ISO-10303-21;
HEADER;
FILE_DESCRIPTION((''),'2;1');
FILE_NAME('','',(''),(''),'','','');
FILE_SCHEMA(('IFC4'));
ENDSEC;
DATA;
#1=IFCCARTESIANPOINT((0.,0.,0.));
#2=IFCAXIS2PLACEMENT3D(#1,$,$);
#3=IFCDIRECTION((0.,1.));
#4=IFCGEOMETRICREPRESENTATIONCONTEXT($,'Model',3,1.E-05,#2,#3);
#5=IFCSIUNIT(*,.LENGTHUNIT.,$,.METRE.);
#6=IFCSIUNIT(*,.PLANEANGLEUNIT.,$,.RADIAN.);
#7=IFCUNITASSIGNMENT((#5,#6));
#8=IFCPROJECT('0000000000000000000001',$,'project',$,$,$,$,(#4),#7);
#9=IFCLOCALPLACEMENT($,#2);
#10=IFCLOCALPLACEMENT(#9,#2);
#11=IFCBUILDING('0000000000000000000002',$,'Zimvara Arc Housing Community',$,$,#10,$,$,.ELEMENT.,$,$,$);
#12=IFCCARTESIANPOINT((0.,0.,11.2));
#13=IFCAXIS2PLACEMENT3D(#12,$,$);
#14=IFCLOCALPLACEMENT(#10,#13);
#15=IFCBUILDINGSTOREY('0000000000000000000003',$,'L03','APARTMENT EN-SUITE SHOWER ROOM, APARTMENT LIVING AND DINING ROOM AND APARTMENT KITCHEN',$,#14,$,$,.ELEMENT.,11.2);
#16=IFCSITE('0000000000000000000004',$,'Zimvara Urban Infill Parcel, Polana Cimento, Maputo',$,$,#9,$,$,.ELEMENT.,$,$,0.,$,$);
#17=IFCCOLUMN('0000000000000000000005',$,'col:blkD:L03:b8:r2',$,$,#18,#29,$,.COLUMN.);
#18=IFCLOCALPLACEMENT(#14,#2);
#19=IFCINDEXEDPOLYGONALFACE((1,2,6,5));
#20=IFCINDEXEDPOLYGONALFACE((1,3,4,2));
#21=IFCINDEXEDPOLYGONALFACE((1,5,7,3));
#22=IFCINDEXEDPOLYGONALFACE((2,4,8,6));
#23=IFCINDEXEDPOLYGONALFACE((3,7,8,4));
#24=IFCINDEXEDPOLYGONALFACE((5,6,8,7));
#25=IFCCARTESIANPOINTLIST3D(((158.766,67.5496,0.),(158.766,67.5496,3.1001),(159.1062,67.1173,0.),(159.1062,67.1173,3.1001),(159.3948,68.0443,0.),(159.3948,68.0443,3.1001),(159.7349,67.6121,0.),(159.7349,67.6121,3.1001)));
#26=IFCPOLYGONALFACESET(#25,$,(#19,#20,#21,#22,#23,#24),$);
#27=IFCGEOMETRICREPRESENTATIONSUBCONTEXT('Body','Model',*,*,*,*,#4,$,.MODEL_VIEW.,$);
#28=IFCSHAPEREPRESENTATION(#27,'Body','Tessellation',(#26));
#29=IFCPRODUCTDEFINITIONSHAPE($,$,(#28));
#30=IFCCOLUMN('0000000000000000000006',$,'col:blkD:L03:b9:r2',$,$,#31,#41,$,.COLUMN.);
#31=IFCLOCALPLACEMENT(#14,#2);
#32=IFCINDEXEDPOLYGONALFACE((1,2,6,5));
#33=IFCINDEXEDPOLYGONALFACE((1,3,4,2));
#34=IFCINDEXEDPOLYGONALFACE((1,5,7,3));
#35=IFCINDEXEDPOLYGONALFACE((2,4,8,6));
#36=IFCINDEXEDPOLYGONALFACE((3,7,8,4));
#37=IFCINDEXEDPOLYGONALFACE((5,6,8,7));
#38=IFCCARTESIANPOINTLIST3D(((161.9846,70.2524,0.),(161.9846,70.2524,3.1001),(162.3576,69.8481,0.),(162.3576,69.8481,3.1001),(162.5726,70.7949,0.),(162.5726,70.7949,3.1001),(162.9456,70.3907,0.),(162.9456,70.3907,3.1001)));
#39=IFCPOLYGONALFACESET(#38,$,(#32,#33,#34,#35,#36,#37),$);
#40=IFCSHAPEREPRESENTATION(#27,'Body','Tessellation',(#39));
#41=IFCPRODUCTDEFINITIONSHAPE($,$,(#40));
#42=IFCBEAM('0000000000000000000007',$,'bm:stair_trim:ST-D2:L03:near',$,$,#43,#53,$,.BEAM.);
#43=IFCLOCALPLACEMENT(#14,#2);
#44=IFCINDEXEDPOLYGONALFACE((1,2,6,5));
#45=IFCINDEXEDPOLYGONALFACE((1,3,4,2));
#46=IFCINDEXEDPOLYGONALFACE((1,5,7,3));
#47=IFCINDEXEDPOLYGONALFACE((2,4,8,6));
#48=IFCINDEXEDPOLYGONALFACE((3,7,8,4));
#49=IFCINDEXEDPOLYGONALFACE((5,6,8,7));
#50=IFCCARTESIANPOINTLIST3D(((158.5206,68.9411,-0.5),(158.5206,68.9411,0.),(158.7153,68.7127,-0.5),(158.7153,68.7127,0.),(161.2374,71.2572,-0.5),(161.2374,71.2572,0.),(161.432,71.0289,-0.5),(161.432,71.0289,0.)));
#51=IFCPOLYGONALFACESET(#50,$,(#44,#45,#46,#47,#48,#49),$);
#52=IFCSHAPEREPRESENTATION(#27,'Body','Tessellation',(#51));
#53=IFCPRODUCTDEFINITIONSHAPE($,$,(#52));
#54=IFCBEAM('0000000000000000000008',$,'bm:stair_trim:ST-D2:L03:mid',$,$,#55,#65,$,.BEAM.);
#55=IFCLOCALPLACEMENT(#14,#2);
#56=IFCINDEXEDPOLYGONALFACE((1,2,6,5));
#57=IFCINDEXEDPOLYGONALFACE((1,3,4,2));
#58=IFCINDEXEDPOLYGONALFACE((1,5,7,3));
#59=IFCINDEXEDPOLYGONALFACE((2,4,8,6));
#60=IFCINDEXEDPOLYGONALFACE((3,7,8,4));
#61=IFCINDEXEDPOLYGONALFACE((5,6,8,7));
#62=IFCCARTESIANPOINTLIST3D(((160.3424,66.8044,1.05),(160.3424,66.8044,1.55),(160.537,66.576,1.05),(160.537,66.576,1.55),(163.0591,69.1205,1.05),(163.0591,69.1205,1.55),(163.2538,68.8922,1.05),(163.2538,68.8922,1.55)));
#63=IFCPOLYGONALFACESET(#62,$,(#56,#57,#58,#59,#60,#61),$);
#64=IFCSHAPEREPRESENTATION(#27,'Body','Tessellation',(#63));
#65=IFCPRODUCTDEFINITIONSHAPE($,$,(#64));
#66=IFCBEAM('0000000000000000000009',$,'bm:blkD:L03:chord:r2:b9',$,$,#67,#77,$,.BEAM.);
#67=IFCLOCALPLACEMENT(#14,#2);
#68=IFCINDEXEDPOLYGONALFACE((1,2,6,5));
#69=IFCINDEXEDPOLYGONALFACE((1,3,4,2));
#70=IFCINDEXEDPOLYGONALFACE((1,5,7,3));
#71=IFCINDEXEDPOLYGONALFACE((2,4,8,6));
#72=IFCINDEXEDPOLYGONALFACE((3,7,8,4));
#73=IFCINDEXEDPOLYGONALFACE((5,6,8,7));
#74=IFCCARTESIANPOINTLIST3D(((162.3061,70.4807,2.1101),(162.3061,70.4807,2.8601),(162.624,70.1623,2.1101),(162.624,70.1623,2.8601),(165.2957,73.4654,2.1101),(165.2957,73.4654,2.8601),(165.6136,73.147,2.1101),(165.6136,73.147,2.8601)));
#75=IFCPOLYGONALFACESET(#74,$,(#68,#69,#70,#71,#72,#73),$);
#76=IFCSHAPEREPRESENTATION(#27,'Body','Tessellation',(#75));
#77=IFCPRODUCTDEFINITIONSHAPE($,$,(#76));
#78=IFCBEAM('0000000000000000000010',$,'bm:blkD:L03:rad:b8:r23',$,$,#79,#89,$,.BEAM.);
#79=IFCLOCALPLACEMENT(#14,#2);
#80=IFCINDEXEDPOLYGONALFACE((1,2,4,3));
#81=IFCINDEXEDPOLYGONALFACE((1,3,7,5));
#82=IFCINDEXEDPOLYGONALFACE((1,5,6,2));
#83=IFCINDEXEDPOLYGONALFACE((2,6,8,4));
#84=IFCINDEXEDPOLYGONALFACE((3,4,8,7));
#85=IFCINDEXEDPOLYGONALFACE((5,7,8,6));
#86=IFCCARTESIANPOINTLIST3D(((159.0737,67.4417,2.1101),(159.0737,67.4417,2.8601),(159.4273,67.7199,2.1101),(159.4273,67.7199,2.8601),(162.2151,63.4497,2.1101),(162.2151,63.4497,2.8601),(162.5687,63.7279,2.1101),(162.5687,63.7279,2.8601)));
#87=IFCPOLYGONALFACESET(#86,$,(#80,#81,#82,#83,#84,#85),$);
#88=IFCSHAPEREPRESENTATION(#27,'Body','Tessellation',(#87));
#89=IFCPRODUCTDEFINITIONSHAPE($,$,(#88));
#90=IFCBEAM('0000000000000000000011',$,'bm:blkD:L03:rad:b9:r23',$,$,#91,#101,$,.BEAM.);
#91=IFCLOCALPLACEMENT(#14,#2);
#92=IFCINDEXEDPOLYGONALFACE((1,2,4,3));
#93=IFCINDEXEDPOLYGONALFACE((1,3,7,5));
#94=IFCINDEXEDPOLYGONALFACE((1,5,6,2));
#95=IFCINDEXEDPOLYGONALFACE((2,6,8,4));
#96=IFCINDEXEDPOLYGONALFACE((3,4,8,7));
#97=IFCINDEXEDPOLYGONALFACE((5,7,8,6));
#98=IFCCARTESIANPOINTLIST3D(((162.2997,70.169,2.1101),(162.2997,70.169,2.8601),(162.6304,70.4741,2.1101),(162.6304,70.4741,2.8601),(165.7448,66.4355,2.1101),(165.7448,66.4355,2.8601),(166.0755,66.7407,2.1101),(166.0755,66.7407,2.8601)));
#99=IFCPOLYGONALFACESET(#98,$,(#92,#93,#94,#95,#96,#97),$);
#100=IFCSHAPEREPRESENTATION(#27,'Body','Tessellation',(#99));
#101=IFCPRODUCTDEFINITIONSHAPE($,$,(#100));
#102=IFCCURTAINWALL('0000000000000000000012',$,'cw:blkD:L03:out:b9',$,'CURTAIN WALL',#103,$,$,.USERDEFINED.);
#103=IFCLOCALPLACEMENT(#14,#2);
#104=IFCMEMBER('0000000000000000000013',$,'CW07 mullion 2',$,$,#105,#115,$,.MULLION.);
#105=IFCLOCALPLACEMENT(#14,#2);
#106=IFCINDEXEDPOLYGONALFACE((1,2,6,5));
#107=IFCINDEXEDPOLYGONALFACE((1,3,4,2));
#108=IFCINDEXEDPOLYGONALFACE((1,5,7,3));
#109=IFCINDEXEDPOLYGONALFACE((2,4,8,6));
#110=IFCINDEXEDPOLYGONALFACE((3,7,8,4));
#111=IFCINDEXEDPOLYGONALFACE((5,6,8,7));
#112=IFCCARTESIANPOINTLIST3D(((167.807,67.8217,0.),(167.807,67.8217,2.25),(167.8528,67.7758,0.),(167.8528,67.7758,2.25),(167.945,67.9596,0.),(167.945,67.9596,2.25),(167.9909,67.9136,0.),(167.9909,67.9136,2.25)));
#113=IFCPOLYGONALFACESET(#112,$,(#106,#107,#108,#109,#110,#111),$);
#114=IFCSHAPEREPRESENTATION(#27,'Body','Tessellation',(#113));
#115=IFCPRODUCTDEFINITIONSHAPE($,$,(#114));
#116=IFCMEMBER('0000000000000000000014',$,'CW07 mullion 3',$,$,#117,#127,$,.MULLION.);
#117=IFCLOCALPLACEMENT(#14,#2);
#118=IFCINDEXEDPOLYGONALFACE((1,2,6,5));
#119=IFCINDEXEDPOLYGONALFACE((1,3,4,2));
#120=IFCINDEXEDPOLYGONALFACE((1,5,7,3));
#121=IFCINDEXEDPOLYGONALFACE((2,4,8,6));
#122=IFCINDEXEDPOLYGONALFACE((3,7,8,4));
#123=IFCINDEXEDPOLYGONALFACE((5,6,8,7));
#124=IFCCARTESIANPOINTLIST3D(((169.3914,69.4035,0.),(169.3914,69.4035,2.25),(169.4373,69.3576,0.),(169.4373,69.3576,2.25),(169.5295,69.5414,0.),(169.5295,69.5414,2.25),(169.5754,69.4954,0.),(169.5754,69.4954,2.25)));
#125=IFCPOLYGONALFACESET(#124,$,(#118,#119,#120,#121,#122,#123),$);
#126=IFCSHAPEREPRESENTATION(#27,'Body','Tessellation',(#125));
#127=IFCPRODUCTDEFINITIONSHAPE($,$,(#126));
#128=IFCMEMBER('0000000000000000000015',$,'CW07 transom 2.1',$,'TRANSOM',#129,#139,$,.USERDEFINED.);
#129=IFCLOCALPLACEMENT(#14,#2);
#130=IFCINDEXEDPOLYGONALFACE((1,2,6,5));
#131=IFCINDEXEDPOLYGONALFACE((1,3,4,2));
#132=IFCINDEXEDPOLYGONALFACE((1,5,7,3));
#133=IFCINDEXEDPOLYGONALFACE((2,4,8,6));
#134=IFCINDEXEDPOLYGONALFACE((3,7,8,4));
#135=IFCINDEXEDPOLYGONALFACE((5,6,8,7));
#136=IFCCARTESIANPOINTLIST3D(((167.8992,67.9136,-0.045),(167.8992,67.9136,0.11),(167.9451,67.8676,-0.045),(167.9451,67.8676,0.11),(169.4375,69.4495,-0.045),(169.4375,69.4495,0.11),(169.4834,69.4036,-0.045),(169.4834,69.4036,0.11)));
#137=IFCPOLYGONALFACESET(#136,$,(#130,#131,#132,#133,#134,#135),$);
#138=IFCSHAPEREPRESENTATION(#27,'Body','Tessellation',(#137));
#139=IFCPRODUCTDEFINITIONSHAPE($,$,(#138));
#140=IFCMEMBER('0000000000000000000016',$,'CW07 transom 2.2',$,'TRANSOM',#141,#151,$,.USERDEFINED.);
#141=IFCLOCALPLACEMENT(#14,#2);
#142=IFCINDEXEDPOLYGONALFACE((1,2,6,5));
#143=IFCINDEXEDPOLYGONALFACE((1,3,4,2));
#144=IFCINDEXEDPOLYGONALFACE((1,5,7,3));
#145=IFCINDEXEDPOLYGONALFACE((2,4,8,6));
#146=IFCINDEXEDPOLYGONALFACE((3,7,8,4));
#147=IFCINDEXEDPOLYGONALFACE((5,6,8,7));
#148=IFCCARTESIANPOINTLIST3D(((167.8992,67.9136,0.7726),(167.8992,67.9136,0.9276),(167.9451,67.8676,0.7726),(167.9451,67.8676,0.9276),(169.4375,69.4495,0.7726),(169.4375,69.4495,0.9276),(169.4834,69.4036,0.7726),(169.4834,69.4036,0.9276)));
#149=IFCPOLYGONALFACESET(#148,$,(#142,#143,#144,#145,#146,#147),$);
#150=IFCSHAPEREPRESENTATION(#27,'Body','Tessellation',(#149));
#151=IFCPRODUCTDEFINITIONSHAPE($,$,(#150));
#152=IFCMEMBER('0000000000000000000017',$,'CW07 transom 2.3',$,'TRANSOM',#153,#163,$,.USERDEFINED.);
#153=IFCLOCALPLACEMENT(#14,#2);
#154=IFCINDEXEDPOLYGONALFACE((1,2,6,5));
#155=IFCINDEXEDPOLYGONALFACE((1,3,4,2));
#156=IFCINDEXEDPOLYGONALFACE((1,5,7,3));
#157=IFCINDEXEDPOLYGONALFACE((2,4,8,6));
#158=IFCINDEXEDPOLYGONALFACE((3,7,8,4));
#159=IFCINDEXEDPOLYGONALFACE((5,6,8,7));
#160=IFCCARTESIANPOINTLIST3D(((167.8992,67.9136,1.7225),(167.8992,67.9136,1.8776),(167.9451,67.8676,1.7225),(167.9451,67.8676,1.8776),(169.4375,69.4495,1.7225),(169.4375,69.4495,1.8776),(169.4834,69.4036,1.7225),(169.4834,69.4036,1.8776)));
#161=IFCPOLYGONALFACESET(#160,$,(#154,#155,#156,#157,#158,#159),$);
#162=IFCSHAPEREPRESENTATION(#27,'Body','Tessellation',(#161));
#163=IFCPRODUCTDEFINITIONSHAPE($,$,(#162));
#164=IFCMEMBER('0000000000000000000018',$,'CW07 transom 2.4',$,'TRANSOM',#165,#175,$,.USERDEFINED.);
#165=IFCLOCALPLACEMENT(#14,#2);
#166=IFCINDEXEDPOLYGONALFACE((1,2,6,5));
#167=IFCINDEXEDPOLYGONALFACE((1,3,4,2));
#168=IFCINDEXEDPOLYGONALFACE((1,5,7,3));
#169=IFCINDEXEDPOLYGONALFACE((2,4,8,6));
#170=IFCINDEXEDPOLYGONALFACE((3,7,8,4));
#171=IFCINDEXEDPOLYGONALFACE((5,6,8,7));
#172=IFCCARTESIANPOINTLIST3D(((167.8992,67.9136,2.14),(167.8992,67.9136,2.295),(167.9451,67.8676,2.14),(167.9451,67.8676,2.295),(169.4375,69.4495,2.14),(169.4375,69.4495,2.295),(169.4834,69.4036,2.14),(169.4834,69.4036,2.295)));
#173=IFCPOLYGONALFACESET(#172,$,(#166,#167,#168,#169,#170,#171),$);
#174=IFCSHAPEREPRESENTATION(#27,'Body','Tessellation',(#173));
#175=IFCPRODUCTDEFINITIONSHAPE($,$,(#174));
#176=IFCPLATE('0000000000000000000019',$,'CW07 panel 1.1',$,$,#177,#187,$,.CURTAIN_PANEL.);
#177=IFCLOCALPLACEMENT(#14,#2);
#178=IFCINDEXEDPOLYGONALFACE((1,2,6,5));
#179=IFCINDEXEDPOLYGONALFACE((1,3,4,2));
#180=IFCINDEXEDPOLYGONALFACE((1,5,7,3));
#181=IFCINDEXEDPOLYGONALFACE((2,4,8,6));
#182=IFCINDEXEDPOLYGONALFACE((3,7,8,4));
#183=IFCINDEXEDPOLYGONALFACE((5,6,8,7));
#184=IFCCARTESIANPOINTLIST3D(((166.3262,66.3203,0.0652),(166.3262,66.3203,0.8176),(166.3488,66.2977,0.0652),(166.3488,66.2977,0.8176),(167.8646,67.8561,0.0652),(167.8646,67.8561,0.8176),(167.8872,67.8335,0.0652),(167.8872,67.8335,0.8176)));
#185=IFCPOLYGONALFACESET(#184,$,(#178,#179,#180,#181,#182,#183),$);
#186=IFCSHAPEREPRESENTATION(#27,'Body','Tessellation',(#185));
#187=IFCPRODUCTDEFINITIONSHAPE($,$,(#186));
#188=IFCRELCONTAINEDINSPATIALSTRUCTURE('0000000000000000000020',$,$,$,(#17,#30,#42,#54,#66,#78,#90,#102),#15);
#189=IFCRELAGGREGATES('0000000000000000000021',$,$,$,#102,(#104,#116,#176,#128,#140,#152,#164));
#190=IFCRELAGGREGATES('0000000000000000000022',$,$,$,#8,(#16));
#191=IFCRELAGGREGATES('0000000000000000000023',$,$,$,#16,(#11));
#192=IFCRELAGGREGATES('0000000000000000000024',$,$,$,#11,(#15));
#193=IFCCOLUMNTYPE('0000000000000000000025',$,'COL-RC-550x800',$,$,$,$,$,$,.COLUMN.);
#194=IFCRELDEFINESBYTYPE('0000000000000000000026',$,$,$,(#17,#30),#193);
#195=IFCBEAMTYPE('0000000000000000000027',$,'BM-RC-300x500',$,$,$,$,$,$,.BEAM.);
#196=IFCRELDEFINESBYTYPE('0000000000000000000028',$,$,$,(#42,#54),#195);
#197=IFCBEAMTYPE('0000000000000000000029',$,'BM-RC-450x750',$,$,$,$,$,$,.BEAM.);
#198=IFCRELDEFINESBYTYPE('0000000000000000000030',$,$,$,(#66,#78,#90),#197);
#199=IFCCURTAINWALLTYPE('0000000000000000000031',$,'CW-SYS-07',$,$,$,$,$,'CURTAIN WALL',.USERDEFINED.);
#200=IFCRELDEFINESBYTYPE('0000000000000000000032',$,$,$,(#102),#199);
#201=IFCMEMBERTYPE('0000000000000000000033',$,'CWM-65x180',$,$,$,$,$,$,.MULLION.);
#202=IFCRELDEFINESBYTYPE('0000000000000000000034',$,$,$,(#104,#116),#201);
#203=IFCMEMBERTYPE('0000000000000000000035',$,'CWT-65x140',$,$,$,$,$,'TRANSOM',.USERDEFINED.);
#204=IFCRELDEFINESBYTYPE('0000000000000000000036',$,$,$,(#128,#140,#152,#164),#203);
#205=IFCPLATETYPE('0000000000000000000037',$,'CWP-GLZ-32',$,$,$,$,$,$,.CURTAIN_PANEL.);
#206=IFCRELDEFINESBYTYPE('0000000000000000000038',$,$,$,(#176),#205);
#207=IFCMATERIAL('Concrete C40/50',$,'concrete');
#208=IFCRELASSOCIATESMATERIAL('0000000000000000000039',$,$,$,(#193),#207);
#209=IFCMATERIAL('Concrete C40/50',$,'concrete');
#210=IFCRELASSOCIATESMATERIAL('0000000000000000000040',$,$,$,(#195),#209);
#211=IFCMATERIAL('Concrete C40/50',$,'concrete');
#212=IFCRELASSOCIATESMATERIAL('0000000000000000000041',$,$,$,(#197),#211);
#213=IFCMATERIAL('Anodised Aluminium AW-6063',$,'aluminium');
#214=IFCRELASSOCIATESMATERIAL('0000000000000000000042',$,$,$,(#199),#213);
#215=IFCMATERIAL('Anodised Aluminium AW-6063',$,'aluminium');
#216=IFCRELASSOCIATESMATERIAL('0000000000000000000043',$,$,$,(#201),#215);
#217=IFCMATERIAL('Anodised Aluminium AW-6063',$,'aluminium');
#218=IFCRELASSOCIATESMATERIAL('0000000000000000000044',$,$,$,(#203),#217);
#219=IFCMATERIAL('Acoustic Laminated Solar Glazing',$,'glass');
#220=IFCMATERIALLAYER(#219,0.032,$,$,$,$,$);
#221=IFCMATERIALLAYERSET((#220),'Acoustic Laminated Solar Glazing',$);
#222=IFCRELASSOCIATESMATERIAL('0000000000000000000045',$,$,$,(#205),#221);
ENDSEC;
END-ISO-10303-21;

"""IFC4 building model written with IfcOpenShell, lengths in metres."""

from ifc_helpers import new_model, si_unit, direction, frame, origin, origin_2d, place, context, subcontext, project, spatial, rectangle, extrude, material, layer, layer_set, material_profile, profile_set, type_object, element, aggregate, save


model = new_model("IFC4")

# Units and contexts
model_context = context("Model", 3, precision=1e-05, world=origin(), true_north=direction((0.0, 1.0)))
body_context = subcontext(model_context, "Body", "Model", "MODEL_VIEW")
ifc_project = project(units=[si_unit("LENGTHUNIT", "METRE"), si_unit("PLANEANGLEUNIT", "RADIAN")], contexts=[model_context])

# Site, building, storey
site_placement = place(None, origin())
site = spatial("IfcSite", under=ifc_project, at=site_placement, Name="Zimvara Urban Infill Parcel, Polana Cimento, Maputo", CompositionType="ELEMENT", RefElevation=0.0)
building_placement = place(site_placement, origin())
building = spatial("IfcBuilding", under=site, at=building_placement, Name="Zimvara Arc Housing Community", CompositionType="ELEMENT")
storey_placement = place(building_placement, frame((0.0, 0.0, 11.2)))
storey = spatial("IfcBuildingStorey", under=building, at=storey_placement, Name="L03", Description="APARTMENT EN-SUITE SHOWER ROOM, APARTMENT LIVING AND DINING ROOM AND APARTMENT KITCHEN", CompositionType="ELEMENT", Elevation=11.2)

# Columns
ifc_material_1 = material(Name="Concrete C40/50", Category="concrete")
ifc_material_profile_1 = material_profile(ifc_material_1, rectangle(XDim=0.55, YDim=0.8, at=origin_2d()), Name="RC 550x800")
ifc_profile_set_1 = profile_set([ifc_material_profile_1], Name="Concrete C40/50")
column_type_1 = type_object("IfcColumnType", Name="COL-RC-550x800", PredefinedType="COLUMN", material=ifc_profile_set_1)
for number, where, z_axis, x_axis, name in (
    (1, (159.2505, 67.5808, 0.0), (0.0, 0.0, 1.0), (0.618408, -0.785857, 0.0), "col:blkD:L03:b8:r2"),
    (2, (162.4651, 70.3215, 0.0), (0.0, 0.0, 1.0), (0.67816, -0.734915, 0.0), "col:blkD:L03:b9:r2"),
):
    element("IfcColumn", number, at=place(storey_placement, frame(where, z_axis=z_axis, x_axis=x_axis)), inside=storey, type_object=column_type_1, Name=name, PredefinedType="COLUMN", context=body_context, shape_type="SweptSolid", body=[
        extrude(rectangle(XDim=0.55, YDim=0.8, at=origin_2d()), origin(), (0.0, 0.0, 1.0), 3.1001),
    ])

# Beams
ifc_material_2 = material(Name="Concrete C40/50", Category="concrete")
ifc_material_profile_2 = material_profile(ifc_material_2, rectangle(XDim=0.3, YDim=0.5, at=origin_2d()), Name="RC 300x500")
ifc_profile_set_2 = profile_set([ifc_material_profile_2], Name="Concrete C40/50")
beam_type_1 = type_object("IfcBeamType", Name="BM-RC-300x500", PredefinedType="BEAM", material=ifc_profile_set_2)
for number, where, z_axis, x_axis, name in (
    (3, (158.6179, 68.8269, -0.25), (0.760987, 0.648767, 0.0), (-0.648767, 0.760987, 0.0), "bm:stair_trim:ST-D2:L03:near"),
    (4, (160.4397, 66.6902, 1.3), (0.760987, 0.648767, 0.0), (-0.648767, 0.760987, 0.0), "bm:stair_trim:ST-D2:L03:mid"),
):
    element("IfcBeam", number, at=place(storey_placement, frame(where, z_axis=z_axis, x_axis=x_axis)), inside=storey, type_object=beam_type_1, Name=name, PredefinedType="BEAM", context=body_context, shape_type="SweptSolid", body=[
        extrude(rectangle(XDim=0.3, YDim=0.5, at=origin_2d()), origin(), (0.0, 0.0, 1.0), 3.5701),
    ])
ifc_material_3 = material(Name="Concrete C40/50", Category="concrete")
ifc_material_profile_3 = material_profile(ifc_material_3, rectangle(XDim=0.45, YDim=0.75, at=origin_2d()), Name="RC 450x750")
ifc_profile_set_3 = profile_set([ifc_material_profile_3], Name="Concrete C40/50")
beam_type_2 = type_object("IfcBeamType", Name="BM-RC-450x750", PredefinedType="BEAM", material=ifc_profile_set_3)
beam_1_placement = place(storey_placement, frame((162.4651, 70.3215, 2.4851), z_axis=(0.707684, 0.706529, 0.0), x_axis=(-0.706529, 0.707684, 0.0)))
element("IfcBeam", 5, at=beam_1_placement, inside=storey, type_object=beam_type_2, Name="bm:blkD:L03:chord:r2:b9", PredefinedType="BEAM", context=body_context, shape_type="SweptSolid", body=[
    extrude(rectangle(XDim=0.45, YDim=0.75, at=origin_2d()), origin(), (0.0, 0.0, 1.0), 4.2244),
])
beam_2_placement = place(storey_placement, frame((159.2505, 67.5808, 2.4851), z_axis=(0.618409, -0.785856, 0.0), x_axis=(0.785856, 0.618409, 0.0)))
element("IfcBeam", 6, at=beam_2_placement, inside=storey, type_object=beam_type_2, Name="bm:blkD:L03:rad:b8:r23", PredefinedType="BEAM", context=body_context, shape_type="SweptSolid", body=[
    extrude(rectangle(XDim=0.45, YDim=0.75, at=origin_2d()), origin(), (0.0, 0.0, 1.0), 5.0798),
])
beam_3_placement = place(storey_placement, frame((162.4651, 70.3215, 2.4851), z_axis=(0.678158, -0.734916, 0.0), x_axis=(0.734916, 0.678158, 0.0)))
element("IfcBeam", 7, at=beam_3_placement, inside=storey, type_object=beam_type_2, Name="bm:blkD:L03:rad:b9:r23", PredefinedType="BEAM", context=body_context, shape_type="SweptSolid", body=[
    extrude(rectangle(XDim=0.45, YDim=0.75, at=origin_2d()), origin(), (0.0, 0.0, 1.0), 5.0801),
])

# Curtain wall, members, plate
ifc_material_4 = material(Name="Anodised Aluminium AW-6063", Category="aluminium")
curtain_wall_type = type_object("IfcCurtainWallType", Name="CW-SYS-07", ElementType="CURTAIN WALL", PredefinedType="USERDEFINED", material=ifc_material_4)
curtain_wall_placement = place(storey_placement, origin())
curtain_wall = element("IfcCurtainWall", 8, at=curtain_wall_placement, inside=storey, type_object=curtain_wall_type, Name="cw:blkD:L03:out:b9", ObjectType="CURTAIN WALL", PredefinedType="USERDEFINED")
ifc_material_5 = material(Name="Anodised Aluminium AW-6063", Category="aluminium")
ifc_material_profile_4 = material_profile(ifc_material_5, rectangle(XDim=0.0649, YDim=0.1951, at=origin_2d()), Name="ALU 65x195")
ifc_profile_set_4 = profile_set([ifc_material_profile_4], Name="Anodised Aluminium AW-6063")
member_type_1 = type_object("IfcMemberType", Name="CWM-65x180", PredefinedType="MULLION", material=ifc_profile_set_4)
member_1_placement = place(storey_placement, frame((167.8989, 67.8677, 0.0), z_axis=(0.0, 0.0, 1.0), x_axis=(-0.706489, 0.707724, 0.0)))
member_1 = element("IfcMember", 9, at=member_1_placement, type_object=member_type_1, Name="CW07 mullion 2", PredefinedType="MULLION", context=body_context, shape_type="SweptSolid", body=[
    extrude(rectangle(XDim=0.0649, YDim=0.1951, at=origin_2d()), origin(), (0.0, 0.0, 1.0), 2.25),
])
member_2_placement = place(storey_placement, frame((169.4834, 69.4495, 0.0), z_axis=(0.0, 0.0, 1.0), x_axis=(-0.706489, 0.707724, 0.0)))
member_2 = element("IfcMember", 10, at=member_2_placement, type_object=member_type_1, Name="CW07 mullion 3", PredefinedType="MULLION", context=body_context, shape_type="SweptSolid", body=[
    extrude(rectangle(XDim=0.0649, YDim=0.1951, at=origin_2d()), origin(), (0.0, 0.0, 1.0), 2.25),
])
ifc_material_6 = material(Name="Anodised Aluminium AW-6063", Category="aluminium")
ifc_material_profile_5 = material_profile(ifc_material_6, rectangle(XDim=0.0649, YDim=0.155, at=origin_2d()), Name="ALU 65x155")
ifc_profile_set_5 = profile_set([ifc_material_profile_5], Name="Anodised Aluminium AW-6063")
member_type_2 = type_object("IfcMemberType", Name="CWT-65x140", ElementType="TRANSOM", PredefinedType="USERDEFINED", material=ifc_profile_set_5)
member_3_placement = place(storey_placement, frame((167.9221, 67.8906, 0.0325), z_axis=(0.707668, 0.706545, 0.0), x_axis=(-0.706545, 0.707668, 0.0)))
member_3 = element("IfcMember", 11, at=member_3_placement, type_object=member_type_2, Name="CW07 transom 2.1", ObjectType="TRANSOM", PredefinedType="USERDEFINED", context=body_context, shape_type="SweptSolid", body=[
    extrude(rectangle(XDim=0.0649, YDim=0.155, at=origin_2d()), origin(), (0.0, 0.0, 1.0), 2.1738),
])
member_4_placement = place(storey_placement, frame((167.9221, 67.8906, 0.8501), z_axis=(0.707668, 0.706545, 0.0), x_axis=(-0.706545, 0.707668, 0.0)))
member_4 = element("IfcMember", 12, at=member_4_placement, type_object=member_type_2, Name="CW07 transom 2.2", ObjectType="TRANSOM", PredefinedType="USERDEFINED", context=body_context, shape_type="SweptSolid", body=[
    extrude(rectangle(XDim=0.0649, YDim=0.155, at=origin_2d()), origin(), (0.0, 0.0, 1.0), 2.1738),
])
member_5_placement = place(storey_placement, frame((167.9221, 67.8906, 1.8), z_axis=(0.707668, 0.706545, 0.0), x_axis=(-0.706545, 0.707668, 0.0)))
member_5 = element("IfcMember", 13, at=member_5_placement, type_object=member_type_2, Name="CW07 transom 2.3", ObjectType="TRANSOM", PredefinedType="USERDEFINED", context=body_context, shape_type="SweptSolid", body=[
    extrude(rectangle(XDim=0.0649, YDim=0.155, at=origin_2d()), origin(), (0.0, 0.0, 1.0), 2.1738),
])
member_6_placement = place(storey_placement, frame((167.9221, 67.8906, 2.2175), z_axis=(0.707668, 0.706545, 0.0), x_axis=(-0.706545, 0.707668, 0.0)))
member_6 = element("IfcMember", 14, at=member_6_placement, type_object=member_type_2, Name="CW07 transom 2.4", ObjectType="TRANSOM", PredefinedType="USERDEFINED", context=body_context, shape_type="SweptSolid", body=[
    extrude(rectangle(XDim=0.0649, YDim=0.155, at=origin_2d()), origin(), (0.0, 0.0, 1.0), 2.1738),
])
ifc_material_7 = material(Name="Acoustic Laminated Solar Glazing", Category="glass")
ifc_layer_1 = layer(ifc_material_7, 0.032)
ifc_layer_set_1 = layer_set([ifc_layer_1], Name="Acoustic Laminated Solar Glazing")
plate_type = type_object("IfcPlateType", Name="CWP-GLZ-32", PredefinedType="CURTAIN_PANEL", material=ifc_layer_set_1)
plate_1_placement = place(storey_placement, frame((167.1067, 67.0769, 0.0652), z_axis=(0.0, 0.0, 1.0), x_axis=(0.707724, 0.706489, 0.0)))
plate_1 = element("IfcPlate", 15, at=plate_1_placement, type_object=plate_type, Name="CW07 panel 1.1", PredefinedType="CURTAIN_PANEL", context=body_context, shape_type="SweptSolid", body=[
    extrude(rectangle(XDim=2.1738, YDim=0.032, at=origin_2d()), origin(), (0.0, 0.0, 1.0), 0.7524),
])
aggregate(curtain_wall, [member_1, member_2, plate_1, member_3, member_4, member_5, member_6])

save(model, "model.ifc")
